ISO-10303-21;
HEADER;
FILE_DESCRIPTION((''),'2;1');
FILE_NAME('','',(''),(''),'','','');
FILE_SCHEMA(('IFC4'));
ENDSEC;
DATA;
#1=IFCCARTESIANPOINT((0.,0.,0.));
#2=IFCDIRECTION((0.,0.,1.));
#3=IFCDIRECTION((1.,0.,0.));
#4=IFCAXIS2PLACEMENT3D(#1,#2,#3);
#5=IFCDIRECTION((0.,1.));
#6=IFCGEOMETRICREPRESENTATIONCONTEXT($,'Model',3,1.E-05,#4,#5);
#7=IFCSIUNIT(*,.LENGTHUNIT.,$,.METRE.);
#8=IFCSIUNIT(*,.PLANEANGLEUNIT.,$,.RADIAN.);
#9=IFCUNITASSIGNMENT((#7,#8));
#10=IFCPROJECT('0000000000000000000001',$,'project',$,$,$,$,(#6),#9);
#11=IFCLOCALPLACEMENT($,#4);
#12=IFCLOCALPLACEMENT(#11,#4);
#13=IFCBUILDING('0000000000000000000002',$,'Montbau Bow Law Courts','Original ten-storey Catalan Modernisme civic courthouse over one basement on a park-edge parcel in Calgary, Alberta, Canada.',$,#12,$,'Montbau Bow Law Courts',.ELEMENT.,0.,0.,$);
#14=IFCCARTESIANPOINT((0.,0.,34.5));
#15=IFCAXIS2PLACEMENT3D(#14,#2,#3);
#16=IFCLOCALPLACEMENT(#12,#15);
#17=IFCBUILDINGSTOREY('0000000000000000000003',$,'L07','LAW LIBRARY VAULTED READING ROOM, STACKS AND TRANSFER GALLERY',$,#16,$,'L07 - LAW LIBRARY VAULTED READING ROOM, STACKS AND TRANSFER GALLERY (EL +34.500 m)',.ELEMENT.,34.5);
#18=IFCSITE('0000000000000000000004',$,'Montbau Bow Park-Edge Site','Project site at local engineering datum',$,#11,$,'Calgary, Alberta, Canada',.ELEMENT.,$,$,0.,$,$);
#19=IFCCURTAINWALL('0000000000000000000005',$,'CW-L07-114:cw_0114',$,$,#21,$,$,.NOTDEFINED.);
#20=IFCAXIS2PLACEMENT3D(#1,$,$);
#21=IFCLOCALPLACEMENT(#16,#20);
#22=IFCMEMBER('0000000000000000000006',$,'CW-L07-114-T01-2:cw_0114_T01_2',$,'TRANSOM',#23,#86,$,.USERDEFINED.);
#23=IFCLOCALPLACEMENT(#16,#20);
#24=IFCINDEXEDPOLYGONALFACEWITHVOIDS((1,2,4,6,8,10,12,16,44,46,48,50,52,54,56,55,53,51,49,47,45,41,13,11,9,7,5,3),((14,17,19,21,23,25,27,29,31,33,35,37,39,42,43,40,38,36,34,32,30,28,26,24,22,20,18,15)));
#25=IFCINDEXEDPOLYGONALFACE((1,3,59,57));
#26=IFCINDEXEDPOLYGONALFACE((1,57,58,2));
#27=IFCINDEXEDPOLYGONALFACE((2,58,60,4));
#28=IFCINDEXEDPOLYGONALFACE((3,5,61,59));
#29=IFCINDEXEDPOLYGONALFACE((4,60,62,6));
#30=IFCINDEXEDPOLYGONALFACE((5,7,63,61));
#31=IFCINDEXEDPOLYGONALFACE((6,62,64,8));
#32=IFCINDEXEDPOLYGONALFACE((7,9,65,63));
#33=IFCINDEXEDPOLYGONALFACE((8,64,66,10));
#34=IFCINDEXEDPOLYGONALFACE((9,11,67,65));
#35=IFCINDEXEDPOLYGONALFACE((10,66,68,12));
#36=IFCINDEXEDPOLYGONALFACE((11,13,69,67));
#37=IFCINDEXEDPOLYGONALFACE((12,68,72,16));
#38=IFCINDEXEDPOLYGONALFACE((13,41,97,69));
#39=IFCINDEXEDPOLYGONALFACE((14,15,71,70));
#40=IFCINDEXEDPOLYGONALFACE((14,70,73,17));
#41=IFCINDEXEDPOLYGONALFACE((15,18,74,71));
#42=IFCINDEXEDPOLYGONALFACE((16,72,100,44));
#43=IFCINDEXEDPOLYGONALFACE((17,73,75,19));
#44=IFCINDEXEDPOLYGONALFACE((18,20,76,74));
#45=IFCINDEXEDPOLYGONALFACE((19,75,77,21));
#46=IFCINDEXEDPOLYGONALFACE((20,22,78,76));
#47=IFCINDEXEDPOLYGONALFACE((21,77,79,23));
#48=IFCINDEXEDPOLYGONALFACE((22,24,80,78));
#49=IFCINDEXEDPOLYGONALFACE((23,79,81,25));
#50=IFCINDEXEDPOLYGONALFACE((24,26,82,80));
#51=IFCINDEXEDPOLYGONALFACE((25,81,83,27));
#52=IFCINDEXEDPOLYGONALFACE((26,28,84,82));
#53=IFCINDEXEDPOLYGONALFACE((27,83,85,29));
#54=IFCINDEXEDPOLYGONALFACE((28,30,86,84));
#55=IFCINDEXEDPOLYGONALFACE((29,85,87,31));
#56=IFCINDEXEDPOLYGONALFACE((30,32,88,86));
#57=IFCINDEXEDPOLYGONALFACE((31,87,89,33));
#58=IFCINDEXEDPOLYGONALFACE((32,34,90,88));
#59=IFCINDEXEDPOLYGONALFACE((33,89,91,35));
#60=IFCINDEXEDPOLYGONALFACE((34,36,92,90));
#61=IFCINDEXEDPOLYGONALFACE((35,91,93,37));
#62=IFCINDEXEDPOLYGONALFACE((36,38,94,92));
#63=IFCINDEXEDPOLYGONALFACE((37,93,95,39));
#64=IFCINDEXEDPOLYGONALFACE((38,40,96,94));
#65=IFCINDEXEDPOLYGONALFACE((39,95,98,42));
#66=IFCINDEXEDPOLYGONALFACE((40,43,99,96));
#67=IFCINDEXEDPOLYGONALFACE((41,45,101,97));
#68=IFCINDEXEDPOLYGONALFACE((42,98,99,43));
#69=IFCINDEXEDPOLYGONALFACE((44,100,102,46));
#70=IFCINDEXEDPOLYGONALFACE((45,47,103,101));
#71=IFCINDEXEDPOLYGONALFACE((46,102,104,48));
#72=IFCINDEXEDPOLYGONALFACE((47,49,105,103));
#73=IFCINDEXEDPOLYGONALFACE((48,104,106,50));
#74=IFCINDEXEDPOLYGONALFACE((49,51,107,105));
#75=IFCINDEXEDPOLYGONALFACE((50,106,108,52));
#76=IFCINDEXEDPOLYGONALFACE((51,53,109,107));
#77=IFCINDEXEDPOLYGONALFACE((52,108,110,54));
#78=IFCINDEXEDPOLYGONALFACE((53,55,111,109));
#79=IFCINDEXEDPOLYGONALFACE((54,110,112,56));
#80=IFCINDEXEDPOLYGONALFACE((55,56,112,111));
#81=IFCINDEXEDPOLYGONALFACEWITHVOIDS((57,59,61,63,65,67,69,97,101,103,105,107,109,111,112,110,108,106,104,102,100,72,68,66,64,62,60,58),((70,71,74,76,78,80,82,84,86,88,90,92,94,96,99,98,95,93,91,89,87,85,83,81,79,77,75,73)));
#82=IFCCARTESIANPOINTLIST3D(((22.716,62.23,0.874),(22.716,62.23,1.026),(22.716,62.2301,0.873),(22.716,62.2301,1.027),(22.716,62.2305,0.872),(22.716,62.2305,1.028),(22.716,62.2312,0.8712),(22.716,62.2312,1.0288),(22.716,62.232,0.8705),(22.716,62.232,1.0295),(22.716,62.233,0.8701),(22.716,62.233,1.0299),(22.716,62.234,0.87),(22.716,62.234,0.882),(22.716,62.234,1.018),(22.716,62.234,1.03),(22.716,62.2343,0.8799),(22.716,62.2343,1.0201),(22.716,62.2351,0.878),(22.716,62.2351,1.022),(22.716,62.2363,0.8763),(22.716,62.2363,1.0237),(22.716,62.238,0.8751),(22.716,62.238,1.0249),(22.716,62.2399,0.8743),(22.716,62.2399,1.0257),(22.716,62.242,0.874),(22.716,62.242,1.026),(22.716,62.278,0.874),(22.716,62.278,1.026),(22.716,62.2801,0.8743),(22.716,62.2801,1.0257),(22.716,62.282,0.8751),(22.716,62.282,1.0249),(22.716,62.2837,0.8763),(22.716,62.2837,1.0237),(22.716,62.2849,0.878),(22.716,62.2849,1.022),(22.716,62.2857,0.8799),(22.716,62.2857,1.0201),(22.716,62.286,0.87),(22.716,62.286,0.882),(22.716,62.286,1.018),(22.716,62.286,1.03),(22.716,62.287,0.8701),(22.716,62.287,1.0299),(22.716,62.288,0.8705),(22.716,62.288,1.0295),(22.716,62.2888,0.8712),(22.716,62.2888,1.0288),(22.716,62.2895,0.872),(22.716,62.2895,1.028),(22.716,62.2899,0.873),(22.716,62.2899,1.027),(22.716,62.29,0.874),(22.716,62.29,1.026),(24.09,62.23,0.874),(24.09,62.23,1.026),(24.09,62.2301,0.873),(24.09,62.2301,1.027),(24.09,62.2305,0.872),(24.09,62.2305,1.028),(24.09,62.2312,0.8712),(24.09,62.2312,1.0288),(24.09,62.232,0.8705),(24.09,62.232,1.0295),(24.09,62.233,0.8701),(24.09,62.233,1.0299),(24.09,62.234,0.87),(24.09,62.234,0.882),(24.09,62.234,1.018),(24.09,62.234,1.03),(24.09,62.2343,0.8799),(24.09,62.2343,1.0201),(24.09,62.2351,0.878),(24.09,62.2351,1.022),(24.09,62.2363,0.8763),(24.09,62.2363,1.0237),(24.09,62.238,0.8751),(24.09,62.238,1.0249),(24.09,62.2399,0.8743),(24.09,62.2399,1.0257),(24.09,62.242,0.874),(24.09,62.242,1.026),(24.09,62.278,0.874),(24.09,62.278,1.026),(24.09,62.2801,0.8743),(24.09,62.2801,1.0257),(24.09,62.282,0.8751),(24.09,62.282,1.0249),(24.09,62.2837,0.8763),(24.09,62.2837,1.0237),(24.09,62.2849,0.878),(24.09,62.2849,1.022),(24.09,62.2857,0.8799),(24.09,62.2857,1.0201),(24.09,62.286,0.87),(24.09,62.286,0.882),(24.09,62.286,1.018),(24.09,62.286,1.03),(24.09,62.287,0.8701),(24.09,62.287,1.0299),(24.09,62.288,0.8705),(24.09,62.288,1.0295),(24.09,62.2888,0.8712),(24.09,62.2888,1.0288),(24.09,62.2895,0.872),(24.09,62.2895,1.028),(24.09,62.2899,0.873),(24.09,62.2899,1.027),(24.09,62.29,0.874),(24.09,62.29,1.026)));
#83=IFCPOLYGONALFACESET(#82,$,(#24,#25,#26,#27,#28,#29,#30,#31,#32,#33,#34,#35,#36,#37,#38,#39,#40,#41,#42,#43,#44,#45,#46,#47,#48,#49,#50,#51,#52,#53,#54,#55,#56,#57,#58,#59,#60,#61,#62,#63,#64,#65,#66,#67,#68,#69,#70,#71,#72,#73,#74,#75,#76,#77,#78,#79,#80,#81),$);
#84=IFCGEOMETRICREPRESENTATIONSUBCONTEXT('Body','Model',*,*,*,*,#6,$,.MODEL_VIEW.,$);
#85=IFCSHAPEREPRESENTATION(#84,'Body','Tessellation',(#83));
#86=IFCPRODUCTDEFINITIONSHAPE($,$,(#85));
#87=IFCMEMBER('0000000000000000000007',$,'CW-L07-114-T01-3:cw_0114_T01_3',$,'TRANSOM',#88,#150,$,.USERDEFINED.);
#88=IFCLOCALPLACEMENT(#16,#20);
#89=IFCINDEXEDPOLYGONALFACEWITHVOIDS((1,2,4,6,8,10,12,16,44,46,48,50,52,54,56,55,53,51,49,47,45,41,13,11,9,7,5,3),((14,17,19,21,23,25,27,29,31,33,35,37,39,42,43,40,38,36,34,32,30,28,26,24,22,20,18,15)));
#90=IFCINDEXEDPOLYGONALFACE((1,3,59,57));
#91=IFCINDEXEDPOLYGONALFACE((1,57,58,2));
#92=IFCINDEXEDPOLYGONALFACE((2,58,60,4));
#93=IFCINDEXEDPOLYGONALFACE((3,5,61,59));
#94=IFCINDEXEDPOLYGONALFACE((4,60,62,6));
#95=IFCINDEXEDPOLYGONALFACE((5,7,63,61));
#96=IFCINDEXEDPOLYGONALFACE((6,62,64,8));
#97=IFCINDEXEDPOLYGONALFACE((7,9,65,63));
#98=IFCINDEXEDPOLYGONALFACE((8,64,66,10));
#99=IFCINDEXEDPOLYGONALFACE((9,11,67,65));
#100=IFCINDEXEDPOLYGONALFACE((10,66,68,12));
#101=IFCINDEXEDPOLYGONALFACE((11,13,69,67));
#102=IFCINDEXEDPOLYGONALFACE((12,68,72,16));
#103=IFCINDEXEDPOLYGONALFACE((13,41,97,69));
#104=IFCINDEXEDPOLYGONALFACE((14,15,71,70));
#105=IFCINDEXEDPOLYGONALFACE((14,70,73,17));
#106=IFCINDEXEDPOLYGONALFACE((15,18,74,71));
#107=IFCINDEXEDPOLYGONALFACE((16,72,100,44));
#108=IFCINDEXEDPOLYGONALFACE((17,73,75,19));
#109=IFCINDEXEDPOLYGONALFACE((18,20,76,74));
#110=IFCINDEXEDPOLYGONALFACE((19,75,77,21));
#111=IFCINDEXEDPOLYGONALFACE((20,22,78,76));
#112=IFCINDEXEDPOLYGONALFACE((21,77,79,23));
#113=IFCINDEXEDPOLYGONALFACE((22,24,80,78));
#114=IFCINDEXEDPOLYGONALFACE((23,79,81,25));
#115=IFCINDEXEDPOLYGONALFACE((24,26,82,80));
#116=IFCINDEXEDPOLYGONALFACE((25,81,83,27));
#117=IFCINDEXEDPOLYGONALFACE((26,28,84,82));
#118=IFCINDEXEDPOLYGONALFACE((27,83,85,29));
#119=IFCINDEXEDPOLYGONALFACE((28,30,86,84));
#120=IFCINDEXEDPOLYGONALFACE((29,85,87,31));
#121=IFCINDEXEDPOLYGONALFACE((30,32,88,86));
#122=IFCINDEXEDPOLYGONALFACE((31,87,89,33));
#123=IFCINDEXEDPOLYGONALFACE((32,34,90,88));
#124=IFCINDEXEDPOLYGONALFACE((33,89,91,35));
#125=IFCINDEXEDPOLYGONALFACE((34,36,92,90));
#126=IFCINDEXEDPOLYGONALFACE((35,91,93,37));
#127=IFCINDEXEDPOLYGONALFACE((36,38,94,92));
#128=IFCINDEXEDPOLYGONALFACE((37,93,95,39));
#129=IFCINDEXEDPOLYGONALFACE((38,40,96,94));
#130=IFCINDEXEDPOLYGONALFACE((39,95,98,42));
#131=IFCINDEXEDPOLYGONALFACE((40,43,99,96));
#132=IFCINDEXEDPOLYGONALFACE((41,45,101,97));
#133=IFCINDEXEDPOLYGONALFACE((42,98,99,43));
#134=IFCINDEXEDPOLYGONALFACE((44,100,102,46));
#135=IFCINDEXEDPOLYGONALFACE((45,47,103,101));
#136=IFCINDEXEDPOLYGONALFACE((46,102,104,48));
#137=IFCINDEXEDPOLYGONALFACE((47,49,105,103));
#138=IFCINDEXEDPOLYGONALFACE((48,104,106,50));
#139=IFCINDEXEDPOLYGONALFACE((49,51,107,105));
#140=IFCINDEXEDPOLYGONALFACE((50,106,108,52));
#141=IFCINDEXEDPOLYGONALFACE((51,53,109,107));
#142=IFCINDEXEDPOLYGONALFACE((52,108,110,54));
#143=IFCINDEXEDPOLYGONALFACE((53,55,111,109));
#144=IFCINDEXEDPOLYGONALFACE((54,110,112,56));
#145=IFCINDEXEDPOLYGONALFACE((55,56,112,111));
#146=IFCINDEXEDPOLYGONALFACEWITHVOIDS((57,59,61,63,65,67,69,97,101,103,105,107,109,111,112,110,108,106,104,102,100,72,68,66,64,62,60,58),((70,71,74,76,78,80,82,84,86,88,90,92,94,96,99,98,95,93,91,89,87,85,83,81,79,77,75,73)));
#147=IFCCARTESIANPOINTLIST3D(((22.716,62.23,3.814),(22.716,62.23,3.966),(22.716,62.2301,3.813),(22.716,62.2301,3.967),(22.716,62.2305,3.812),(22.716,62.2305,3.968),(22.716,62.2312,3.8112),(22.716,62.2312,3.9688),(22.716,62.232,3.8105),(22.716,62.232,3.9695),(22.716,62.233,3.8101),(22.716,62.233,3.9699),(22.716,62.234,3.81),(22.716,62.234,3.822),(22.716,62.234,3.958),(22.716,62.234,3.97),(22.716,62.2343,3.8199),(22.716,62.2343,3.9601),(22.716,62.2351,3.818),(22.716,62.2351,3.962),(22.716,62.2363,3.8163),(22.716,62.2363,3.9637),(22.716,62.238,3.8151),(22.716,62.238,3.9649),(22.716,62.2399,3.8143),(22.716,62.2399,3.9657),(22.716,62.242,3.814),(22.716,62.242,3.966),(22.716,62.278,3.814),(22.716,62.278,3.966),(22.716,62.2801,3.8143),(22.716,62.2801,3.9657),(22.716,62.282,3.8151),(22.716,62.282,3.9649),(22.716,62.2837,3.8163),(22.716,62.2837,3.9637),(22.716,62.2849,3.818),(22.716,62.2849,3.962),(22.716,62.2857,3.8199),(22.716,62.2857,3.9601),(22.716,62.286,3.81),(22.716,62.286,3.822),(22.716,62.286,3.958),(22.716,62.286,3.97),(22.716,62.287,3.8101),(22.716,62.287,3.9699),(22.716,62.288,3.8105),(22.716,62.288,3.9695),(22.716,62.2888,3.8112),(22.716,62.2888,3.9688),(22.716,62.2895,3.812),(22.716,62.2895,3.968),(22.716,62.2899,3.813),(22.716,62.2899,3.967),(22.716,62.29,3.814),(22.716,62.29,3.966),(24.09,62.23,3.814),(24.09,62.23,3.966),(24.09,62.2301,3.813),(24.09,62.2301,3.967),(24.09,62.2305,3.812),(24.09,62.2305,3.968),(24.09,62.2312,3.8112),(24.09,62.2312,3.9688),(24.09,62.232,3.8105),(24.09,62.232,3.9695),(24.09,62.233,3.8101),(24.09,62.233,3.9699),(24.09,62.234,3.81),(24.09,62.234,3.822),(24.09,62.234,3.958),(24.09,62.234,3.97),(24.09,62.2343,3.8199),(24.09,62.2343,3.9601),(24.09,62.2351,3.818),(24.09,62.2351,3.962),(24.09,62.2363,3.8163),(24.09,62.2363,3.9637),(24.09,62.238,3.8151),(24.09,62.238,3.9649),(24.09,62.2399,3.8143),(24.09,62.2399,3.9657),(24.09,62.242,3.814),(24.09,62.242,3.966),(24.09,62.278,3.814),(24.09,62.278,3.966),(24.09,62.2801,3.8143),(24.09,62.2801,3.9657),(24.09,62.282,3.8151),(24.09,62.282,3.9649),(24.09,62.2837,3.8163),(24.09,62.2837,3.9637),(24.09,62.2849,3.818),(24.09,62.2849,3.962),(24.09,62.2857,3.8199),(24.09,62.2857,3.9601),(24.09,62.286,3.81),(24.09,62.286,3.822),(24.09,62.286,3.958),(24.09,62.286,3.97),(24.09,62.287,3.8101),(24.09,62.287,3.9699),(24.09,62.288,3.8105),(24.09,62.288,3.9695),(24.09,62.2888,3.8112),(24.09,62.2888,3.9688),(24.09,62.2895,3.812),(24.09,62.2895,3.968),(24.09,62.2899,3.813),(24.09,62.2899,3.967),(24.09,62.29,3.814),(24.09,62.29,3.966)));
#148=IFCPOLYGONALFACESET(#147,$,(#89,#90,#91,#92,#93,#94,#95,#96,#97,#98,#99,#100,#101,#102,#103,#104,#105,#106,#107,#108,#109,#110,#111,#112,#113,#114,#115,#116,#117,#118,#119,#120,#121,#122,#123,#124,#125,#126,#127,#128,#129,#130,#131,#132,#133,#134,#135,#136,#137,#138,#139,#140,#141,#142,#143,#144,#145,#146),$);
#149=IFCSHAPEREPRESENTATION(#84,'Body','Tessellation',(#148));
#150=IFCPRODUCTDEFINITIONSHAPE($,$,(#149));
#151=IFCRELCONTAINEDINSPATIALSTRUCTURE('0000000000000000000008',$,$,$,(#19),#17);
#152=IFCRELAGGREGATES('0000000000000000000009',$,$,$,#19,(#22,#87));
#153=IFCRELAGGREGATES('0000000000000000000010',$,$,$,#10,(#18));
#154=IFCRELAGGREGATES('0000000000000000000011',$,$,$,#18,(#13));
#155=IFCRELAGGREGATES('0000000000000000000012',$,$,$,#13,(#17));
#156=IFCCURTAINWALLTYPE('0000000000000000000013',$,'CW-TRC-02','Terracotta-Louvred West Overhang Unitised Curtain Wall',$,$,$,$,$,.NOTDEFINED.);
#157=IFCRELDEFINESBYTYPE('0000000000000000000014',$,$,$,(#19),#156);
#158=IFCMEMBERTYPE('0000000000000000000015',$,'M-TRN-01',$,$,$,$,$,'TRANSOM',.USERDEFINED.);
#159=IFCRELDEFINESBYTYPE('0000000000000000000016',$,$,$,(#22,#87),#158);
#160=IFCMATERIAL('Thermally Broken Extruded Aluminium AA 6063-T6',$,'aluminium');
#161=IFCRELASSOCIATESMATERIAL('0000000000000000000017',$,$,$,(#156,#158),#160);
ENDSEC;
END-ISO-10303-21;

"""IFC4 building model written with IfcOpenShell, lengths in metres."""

from ifc_helpers import new_model, si_unit, direction, frame, origin_with_axes, origin_2d_with_axis, place, context, subcontext, project, spatial, hollow_rectangle, extrude, material, material_profile, profile_set, type_object, element, aggregate, save


model = new_model("IFC4")

# Units and contexts
model_context = context("Model", 3, precision=1e-05, world=origin_with_axes(), true_north=direction((0.0, 1.0)))
body_context = subcontext(model_context, "Body", "Model", "MODEL_VIEW")
ifc_project = project(units=[si_unit("LENGTHUNIT", "METRE"), si_unit("PLANEANGLEUNIT", "RADIAN")], contexts=[model_context])

# Site, building, storey
site_placement = place(None, origin_with_axes())
site = spatial("IfcSite", under=ifc_project, at=site_placement, Name="Montbau Bow Park-Edge Site", Description="Project site at local engineering datum", LongName="Calgary, Alberta, Canada", CompositionType="ELEMENT", RefElevation=0.0)
building_placement = place(site_placement, origin_with_axes())
building = spatial("IfcBuilding", under=site, at=building_placement, Name="Montbau Bow Law Courts", Description="Original ten-storey Catalan Modernisme civic courthouse over one basement on a park-edge parcel in Calgary, Alberta, Canada.", LongName="Montbau Bow Law Courts", CompositionType="ELEMENT", ElevationOfRefHeight=0.0, ElevationOfTerrain=0.0)
storey_placement = place(building_placement, frame((0.0, 0.0, 34.5), z_axis=(0.0, 0.0, 1.0), x_axis=(1.0, 0.0, 0.0)))
storey = spatial("IfcBuildingStorey", under=building, at=storey_placement, Name="L07", Description="LAW LIBRARY VAULTED READING ROOM, STACKS AND TRANSFER GALLERY", LongName="L07 - LAW LIBRARY VAULTED READING ROOM, STACKS AND TRANSFER GALLERY (EL +34.500 m)", CompositionType="ELEMENT", Elevation=34.5)

# Curtain wall, members
ifc_material_1 = material(Name="Thermally Broken Extruded Aluminium AA 6063-T6", Category="aluminium")
curtain_wall_type = type_object("IfcCurtainWallType", Name="CW-TRC-02", Description="Terracotta-Louvred West Overhang Unitised Curtain Wall", PredefinedType="NOTDEFINED", material=ifc_material_1)
curtain_wall_placement = place(None, frame((22.64, 62.26, 34.5), z_axis=(0.0, 0.0, 1.0), x_axis=(1.0, 0.0, 0.0)))
curtain_wall = element("IfcCurtainWall", 1, at=curtain_wall_placement, inside=storey, type_object=curtain_wall_type, Name="CW-L07-114:cw_0114", PredefinedType="NOTDEFINED")
ifc_material_profile_1 = material_profile(ifc_material_1, hollow_rectangle(XDim=0.06, YDim=0.16, WallThickness=0.004, InnerFilletRadius=0.008, OuterFilletRadius=0.004, at=origin_2d_with_axis()), Name="CWT-160X60", Category="Main", Priority=0)
ifc_profile_set_1 = profile_set([ifc_material_profile_1], Name="Thermally Broken Extruded Aluminium AA 6063-T6")
member_type_1 = type_object("IfcMemberType", Name="M-TRN-01", ElementType="TRANSOM", PredefinedType="USERDEFINED", material=ifc_profile_set_1)
member_1_placement = place(None, frame((22.716, 62.26, 35.45), z_axis=(1.0, 0.0, 0.0), x_axis=(0.0, 1.0, 0.0)))
member_1 = element("IfcMember", 2, at=member_1_placement, type_object=member_type_1, Name="CW-L07-114-T01-2:cw_0114_T01_2", ObjectType="TRANSOM", PredefinedType="USERDEFINED", context=body_context, shape_type="SweptSolid", body=[
    extrude(hollow_rectangle(XDim=0.06, YDim=0.16, WallThickness=0.004, InnerFilletRadius=0.008, OuterFilletRadius=0.004, at=origin_2d_with_axis()), origin_with_axes(), (0.0, 0.0, 1.0), 1.374),
])
member_2_placement = place(None, frame((22.716, 62.26, 38.39), z_axis=(1.0, 0.0, 0.0), x_axis=(0.0, 1.0, 0.0)))
member_2 = element("IfcMember", 3, at=member_2_placement, type_object=member_type_1, Name="CW-L07-114-T01-3:cw_0114_T01_3", ObjectType="TRANSOM", PredefinedType="USERDEFINED", context=body_context, shape_type="SweptSolid", body=[
    extrude(hollow_rectangle(XDim=0.06, YDim=0.16, WallThickness=0.004, InnerFilletRadius=0.008, OuterFilletRadius=0.004, at=origin_2d_with_axis()), origin_with_axes(), (0.0, 0.0, 1.0), 1.374),
])
aggregate(curtain_wall, [member_1, member_2])

save(model, "model.ifc")
